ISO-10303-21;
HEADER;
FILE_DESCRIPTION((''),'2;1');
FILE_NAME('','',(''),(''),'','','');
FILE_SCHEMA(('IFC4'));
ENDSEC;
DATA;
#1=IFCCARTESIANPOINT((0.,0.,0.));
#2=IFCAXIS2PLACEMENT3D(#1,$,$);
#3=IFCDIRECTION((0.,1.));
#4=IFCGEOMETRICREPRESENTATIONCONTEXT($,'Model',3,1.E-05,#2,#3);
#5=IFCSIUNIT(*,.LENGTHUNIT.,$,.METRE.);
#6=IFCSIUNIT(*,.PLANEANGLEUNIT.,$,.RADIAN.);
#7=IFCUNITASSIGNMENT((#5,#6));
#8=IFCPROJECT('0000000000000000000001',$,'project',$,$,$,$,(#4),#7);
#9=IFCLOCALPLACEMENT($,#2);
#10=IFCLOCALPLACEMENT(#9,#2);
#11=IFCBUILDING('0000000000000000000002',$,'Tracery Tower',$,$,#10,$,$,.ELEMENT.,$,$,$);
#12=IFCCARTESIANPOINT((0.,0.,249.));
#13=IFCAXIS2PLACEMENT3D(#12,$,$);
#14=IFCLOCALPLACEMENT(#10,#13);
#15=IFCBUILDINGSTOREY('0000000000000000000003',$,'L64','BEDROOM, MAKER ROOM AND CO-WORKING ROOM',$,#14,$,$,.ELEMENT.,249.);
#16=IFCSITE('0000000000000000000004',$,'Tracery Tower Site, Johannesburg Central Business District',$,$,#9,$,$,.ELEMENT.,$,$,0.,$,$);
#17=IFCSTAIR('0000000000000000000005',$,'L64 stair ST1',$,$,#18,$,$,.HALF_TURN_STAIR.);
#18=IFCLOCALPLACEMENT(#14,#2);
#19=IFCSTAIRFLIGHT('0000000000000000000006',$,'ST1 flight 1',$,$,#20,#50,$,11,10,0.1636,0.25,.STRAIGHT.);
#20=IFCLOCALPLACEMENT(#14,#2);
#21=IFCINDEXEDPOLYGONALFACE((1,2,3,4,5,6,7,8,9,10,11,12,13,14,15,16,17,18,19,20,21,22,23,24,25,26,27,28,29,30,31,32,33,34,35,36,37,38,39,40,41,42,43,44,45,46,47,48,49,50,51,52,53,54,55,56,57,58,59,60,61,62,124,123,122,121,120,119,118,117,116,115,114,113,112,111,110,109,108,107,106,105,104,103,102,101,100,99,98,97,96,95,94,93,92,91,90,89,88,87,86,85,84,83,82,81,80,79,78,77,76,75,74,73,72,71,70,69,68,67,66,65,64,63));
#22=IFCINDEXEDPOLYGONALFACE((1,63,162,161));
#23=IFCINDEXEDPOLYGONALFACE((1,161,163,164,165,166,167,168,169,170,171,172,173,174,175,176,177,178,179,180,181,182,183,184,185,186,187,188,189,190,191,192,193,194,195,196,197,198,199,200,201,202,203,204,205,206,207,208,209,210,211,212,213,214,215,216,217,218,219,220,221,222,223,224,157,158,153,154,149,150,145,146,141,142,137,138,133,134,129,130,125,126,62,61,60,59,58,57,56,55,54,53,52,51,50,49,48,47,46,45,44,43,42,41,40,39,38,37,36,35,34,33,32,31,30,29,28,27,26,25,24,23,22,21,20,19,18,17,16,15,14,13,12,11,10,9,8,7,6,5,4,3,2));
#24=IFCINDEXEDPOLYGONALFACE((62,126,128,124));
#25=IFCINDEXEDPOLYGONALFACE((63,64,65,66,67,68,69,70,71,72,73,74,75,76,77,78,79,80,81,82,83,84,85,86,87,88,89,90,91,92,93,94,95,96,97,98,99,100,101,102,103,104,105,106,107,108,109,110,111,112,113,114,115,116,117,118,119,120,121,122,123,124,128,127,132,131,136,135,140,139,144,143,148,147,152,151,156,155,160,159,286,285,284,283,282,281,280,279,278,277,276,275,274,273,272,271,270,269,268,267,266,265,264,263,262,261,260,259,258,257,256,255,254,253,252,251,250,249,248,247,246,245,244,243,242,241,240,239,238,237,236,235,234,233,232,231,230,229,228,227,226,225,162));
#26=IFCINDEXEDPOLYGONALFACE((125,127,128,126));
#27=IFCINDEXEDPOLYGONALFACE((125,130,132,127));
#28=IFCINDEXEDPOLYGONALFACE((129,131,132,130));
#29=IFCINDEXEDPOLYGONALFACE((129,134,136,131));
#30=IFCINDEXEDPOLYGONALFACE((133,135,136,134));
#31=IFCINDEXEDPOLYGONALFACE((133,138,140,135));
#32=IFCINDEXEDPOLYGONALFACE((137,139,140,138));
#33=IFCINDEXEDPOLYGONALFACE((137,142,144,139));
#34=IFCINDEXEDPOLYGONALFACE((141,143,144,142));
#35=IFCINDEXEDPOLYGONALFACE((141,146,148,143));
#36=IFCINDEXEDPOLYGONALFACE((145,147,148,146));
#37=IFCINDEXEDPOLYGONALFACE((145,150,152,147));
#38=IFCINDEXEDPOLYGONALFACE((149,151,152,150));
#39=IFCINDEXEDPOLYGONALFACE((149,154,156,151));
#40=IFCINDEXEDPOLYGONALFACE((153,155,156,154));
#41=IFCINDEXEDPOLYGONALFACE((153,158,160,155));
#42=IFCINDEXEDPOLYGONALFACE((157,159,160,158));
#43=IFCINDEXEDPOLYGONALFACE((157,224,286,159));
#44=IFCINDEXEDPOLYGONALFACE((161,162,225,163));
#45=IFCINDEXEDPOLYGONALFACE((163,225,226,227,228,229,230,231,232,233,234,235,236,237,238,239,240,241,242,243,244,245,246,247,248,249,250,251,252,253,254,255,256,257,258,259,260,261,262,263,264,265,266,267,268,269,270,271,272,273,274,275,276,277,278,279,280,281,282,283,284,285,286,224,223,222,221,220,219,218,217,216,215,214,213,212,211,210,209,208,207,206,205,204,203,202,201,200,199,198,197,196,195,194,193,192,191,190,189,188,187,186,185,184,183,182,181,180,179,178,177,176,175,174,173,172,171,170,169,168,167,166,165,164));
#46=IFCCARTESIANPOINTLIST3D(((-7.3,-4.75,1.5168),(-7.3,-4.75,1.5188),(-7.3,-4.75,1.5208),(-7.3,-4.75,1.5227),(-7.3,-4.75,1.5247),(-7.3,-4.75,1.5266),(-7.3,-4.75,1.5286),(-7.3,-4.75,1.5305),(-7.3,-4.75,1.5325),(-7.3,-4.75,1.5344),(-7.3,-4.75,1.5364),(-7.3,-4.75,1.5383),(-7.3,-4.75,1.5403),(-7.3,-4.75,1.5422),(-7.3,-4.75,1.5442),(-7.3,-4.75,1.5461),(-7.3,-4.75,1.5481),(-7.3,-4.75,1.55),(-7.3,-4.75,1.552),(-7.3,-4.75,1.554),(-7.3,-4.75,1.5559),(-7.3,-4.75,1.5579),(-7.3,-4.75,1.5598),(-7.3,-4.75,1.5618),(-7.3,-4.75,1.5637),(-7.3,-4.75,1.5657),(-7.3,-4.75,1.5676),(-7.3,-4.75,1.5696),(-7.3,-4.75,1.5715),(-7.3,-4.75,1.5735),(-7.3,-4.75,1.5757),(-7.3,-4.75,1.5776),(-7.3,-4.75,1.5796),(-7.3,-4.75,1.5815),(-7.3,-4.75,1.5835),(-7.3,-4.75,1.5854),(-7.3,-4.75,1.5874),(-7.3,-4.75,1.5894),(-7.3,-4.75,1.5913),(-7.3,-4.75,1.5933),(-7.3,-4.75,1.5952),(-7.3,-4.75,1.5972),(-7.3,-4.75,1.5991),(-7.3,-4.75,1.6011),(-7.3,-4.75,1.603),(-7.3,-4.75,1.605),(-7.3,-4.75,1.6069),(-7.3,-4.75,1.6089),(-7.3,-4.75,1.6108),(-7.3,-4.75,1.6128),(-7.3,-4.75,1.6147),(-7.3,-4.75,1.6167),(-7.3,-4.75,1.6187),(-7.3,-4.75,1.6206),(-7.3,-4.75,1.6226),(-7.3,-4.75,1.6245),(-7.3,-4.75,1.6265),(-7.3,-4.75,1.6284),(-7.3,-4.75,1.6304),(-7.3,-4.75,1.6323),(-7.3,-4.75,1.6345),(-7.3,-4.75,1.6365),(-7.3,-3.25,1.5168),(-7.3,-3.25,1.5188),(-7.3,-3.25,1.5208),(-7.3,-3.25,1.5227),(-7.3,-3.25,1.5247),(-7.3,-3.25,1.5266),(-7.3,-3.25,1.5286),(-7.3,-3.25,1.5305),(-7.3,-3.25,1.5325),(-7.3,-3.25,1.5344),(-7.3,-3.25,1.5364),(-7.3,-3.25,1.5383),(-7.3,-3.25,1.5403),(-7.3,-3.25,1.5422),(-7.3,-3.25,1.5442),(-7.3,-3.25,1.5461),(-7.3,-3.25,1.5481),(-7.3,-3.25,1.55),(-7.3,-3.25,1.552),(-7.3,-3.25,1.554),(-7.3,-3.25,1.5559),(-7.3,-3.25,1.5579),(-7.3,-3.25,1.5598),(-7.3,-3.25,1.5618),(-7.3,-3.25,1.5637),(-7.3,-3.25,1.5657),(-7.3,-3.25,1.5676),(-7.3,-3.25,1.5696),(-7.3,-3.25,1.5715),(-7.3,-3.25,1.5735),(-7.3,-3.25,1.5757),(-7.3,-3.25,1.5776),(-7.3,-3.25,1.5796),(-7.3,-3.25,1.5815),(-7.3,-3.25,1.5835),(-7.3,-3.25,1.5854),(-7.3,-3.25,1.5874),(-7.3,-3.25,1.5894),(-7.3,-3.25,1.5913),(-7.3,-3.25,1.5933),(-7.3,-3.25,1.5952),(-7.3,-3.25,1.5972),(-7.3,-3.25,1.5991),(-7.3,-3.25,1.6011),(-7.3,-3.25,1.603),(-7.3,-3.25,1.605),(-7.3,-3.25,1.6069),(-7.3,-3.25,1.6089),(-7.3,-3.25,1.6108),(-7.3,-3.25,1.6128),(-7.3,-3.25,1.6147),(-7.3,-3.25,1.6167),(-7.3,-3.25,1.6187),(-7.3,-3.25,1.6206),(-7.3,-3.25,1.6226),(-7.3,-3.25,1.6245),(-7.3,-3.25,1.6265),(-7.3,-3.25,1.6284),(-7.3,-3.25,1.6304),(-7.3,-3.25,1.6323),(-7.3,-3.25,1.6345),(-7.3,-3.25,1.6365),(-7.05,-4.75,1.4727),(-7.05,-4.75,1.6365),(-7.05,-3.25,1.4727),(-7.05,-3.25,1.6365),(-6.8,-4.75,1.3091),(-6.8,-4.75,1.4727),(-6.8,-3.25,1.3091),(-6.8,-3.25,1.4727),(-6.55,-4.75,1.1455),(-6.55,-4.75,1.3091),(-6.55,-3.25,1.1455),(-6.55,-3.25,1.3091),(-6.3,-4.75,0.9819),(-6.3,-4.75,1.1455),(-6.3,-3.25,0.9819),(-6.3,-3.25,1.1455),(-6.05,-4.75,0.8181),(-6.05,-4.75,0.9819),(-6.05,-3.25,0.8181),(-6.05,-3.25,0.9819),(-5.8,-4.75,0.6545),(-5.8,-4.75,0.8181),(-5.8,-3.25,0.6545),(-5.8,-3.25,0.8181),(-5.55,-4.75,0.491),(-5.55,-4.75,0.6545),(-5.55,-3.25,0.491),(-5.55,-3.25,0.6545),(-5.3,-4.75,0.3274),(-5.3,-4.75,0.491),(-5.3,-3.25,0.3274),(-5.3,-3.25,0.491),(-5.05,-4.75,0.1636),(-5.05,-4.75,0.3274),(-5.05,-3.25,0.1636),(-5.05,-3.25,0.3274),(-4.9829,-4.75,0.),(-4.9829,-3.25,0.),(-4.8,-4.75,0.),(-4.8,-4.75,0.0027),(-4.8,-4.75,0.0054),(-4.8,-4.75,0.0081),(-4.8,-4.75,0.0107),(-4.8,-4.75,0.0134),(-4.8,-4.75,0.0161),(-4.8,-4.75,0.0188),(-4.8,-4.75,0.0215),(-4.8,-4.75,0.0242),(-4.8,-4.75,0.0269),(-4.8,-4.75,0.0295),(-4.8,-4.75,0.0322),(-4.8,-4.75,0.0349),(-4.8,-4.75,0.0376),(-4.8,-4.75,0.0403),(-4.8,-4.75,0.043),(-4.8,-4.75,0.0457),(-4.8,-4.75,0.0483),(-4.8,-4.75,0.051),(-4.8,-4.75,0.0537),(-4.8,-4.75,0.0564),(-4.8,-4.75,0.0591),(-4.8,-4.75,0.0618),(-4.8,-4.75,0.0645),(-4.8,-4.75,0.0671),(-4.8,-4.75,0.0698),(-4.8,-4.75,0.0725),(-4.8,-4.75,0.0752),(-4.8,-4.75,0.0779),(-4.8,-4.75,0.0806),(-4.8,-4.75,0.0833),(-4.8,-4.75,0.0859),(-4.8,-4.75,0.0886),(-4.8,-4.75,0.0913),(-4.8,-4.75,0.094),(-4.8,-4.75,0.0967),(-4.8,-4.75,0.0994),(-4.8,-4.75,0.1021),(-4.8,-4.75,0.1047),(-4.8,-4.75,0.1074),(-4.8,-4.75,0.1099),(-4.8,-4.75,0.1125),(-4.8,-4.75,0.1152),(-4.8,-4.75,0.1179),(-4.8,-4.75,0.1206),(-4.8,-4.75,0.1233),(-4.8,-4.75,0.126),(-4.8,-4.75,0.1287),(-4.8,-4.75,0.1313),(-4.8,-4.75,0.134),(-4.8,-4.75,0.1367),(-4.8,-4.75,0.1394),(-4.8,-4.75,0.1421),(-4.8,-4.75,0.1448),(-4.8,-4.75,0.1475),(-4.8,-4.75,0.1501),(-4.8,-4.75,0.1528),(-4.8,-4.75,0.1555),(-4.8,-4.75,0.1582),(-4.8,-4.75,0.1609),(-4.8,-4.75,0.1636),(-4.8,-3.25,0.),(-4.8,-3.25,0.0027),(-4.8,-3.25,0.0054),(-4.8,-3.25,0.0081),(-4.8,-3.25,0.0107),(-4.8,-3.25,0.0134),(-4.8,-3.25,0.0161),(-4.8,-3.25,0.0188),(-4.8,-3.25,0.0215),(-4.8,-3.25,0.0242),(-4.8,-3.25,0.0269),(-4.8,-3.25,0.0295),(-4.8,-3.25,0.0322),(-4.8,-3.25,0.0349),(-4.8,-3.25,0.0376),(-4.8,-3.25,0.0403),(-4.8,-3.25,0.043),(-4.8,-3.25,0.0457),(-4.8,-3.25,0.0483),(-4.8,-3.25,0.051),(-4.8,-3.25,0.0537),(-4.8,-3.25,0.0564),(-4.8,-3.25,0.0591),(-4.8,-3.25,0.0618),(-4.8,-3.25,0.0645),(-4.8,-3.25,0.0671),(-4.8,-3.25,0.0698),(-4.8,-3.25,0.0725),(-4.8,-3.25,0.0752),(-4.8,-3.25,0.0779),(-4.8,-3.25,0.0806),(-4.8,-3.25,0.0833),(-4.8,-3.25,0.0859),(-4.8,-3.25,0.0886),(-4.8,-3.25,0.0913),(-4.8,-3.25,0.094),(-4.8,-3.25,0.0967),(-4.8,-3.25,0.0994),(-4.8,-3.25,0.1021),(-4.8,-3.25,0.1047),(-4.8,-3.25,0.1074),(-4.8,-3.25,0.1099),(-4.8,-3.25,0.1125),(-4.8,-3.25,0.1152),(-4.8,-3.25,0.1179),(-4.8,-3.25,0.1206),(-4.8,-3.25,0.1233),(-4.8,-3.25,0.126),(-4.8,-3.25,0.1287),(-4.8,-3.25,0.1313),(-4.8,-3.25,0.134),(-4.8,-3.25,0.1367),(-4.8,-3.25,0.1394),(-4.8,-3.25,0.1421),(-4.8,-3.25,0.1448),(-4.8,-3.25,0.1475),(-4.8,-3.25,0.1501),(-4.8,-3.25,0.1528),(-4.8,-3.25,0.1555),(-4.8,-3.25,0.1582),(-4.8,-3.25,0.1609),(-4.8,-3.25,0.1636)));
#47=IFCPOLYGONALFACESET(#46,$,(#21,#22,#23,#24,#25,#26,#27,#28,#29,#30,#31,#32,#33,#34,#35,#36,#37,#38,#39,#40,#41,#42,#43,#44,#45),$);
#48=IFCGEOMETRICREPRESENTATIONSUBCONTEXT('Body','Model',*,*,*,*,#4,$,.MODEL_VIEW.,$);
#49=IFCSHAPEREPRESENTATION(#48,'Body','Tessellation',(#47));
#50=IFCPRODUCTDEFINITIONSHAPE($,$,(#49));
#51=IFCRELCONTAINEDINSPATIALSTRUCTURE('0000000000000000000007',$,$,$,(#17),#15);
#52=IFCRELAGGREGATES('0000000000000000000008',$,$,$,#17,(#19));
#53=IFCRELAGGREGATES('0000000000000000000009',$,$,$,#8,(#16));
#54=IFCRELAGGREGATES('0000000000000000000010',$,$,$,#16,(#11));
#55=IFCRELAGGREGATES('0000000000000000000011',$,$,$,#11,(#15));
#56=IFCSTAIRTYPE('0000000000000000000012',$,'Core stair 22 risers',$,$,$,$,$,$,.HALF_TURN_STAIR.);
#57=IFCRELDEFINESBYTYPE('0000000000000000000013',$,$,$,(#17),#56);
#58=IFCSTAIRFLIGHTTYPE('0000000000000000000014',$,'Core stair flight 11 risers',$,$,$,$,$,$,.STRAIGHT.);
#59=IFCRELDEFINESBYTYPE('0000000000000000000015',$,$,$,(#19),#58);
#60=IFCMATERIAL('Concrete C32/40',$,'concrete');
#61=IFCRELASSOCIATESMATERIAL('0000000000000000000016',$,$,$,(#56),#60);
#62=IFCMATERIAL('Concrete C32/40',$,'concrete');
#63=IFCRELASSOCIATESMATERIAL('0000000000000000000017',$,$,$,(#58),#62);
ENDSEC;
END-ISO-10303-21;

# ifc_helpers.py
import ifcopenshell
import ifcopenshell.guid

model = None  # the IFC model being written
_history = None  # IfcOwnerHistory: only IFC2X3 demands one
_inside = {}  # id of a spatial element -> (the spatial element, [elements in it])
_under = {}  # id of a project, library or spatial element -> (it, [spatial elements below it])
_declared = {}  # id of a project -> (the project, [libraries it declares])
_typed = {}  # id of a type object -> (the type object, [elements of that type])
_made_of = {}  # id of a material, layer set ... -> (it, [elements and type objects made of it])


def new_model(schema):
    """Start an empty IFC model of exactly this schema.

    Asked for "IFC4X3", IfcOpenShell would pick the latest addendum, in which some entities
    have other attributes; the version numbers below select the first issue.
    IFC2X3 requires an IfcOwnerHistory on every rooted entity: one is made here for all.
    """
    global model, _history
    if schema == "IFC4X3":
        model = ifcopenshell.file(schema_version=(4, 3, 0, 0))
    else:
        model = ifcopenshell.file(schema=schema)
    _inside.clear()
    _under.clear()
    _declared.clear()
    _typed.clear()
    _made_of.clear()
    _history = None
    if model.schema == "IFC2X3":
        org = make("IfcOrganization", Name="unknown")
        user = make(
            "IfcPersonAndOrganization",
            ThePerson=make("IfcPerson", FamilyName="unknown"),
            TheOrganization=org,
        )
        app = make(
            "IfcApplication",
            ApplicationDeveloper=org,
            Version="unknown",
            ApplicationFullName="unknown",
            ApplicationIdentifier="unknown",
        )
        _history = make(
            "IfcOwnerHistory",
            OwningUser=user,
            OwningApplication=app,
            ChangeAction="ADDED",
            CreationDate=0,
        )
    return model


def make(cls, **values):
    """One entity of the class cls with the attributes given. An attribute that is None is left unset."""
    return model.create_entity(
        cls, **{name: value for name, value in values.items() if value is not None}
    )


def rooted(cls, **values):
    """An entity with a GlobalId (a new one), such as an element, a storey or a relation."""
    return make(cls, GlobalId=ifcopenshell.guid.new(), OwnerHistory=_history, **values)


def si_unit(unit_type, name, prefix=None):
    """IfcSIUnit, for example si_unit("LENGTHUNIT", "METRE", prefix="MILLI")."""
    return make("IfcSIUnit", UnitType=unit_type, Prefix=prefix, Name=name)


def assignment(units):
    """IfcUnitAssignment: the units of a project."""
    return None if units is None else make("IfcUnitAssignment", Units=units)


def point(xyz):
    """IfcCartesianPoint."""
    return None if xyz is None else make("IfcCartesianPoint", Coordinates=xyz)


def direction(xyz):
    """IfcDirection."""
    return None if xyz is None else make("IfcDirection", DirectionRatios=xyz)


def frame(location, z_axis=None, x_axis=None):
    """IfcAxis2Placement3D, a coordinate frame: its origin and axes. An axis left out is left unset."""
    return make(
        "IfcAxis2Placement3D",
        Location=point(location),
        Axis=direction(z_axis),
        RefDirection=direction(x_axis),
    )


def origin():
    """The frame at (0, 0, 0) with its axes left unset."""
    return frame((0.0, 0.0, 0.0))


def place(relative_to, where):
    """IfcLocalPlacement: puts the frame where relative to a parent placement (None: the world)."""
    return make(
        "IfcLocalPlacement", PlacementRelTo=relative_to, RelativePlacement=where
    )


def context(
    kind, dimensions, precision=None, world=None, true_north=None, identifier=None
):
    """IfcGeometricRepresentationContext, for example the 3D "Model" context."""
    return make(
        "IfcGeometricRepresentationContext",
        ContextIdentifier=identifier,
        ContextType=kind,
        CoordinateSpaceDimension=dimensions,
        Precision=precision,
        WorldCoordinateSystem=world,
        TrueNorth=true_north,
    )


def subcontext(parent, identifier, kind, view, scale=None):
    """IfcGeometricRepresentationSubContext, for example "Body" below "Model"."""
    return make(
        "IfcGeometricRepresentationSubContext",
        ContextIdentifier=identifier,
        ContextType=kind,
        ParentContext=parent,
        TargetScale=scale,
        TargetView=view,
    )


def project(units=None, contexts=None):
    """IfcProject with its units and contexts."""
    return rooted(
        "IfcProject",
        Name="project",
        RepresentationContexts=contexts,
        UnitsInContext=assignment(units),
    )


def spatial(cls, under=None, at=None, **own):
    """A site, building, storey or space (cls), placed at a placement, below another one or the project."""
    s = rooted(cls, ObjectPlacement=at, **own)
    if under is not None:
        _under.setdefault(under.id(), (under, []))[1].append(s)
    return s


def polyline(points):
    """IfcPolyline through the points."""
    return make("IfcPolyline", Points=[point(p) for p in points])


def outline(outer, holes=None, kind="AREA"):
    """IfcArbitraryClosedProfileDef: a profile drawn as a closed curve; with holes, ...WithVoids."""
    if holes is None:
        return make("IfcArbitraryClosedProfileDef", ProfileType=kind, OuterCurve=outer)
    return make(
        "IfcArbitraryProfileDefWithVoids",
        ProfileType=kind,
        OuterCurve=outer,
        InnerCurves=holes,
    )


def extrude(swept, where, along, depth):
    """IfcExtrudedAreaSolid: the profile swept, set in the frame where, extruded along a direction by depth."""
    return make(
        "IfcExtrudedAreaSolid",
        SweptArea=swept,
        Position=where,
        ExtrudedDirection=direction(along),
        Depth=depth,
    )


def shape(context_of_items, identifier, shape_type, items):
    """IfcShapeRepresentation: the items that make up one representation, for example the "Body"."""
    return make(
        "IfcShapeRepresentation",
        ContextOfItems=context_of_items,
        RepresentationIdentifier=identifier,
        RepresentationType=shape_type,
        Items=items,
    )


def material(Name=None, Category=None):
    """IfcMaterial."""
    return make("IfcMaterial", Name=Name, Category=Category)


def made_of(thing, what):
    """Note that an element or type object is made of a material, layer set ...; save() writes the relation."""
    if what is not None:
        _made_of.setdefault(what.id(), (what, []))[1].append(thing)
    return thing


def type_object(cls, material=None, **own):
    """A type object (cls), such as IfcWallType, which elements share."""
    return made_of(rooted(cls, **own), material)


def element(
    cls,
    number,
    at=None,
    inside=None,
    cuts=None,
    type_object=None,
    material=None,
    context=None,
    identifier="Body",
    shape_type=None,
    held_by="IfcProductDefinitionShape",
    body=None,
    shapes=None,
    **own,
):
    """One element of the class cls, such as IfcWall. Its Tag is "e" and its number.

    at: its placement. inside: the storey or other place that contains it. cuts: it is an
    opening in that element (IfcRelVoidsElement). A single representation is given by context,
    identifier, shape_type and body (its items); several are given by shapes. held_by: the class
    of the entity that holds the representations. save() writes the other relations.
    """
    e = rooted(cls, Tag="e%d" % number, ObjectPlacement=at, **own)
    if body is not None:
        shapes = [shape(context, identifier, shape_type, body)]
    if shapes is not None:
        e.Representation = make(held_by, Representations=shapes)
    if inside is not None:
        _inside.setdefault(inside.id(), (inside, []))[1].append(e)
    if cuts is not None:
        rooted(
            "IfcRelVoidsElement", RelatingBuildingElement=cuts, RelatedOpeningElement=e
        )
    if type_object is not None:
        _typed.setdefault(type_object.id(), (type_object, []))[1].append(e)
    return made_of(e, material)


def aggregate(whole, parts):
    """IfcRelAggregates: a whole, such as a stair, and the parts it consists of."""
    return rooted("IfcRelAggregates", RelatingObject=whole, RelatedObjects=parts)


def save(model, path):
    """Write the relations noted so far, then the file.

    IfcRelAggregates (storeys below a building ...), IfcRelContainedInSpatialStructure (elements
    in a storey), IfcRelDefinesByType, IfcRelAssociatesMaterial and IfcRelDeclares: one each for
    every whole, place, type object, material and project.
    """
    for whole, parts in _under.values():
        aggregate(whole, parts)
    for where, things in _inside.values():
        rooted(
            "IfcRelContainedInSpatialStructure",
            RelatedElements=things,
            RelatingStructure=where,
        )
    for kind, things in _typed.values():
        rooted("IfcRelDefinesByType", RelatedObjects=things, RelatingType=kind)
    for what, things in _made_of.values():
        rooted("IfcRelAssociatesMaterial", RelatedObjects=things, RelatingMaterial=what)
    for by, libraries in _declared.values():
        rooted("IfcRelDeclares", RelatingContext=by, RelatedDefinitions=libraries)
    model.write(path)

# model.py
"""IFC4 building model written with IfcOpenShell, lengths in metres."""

from ifc_helpers import new_model, si_unit, direction, frame, origin, place, context, subcontext, project, spatial, polyline, outline, extrude, material, type_object, element, aggregate, save


model = new_model("IFC4")

# Units and contexts
model_context = context("Model", 3, precision=1e-05, world=origin(), true_north=direction((0.0, 1.0)))
body_context = subcontext(model_context, "Body", "Model", "MODEL_VIEW")
ifc_project = project(units=[si_unit("LENGTHUNIT", "METRE"), si_unit("PLANEANGLEUNIT", "RADIAN")], contexts=[model_context])

# Site, building, storey
site_placement = place(None, origin())
site = spatial("IfcSite", under=ifc_project, at=site_placement, Name="Tracery Tower Site, Johannesburg Central Business District", CompositionType="ELEMENT", RefElevation=0.0)
building_placement = place(site_placement, origin())
building = spatial("IfcBuilding", under=site, at=building_placement, Name="Tracery Tower", CompositionType="ELEMENT")
storey_placement = place(building_placement, frame((0.0, 0.0, 249.0)))
storey = spatial("IfcBuildingStorey", under=building, at=storey_placement, Name="L64", Description="BEDROOM, MAKER ROOM AND CO-WORKING ROOM", CompositionType="ELEMENT", Elevation=249.0)

# Stair, stair flight
ifc_material_1 = material(Name="Concrete C32/40", Category="concrete")
stair_type = type_object("IfcStairType", Name="Core stair 22 risers", PredefinedType="HALF_TURN_STAIR", material=ifc_material_1)
stair_placement = place(storey_placement, origin())
stair = element("IfcStair", 1, at=stair_placement, inside=storey, type_object=stair_type, Name="L64 stair ST1", PredefinedType="HALF_TURN_STAIR")
ifc_material_2 = material(Name="Concrete C32/40", Category="concrete")
stair_flight_type = type_object("IfcStairFlightType", Name="Core stair flight 11 risers", PredefinedType="STRAIGHT", material=ifc_material_2)
stair_flight_1_placement = place(storey_placement, frame((-4.8, -4.0, 0.0), z_axis=(0.0, 0.0, 1.0), x_axis=(-1.0, 0.0, 0.0)))
stair_flight_1 = element("IfcStairFlight", 2, at=stair_flight_1_placement, type_object=stair_flight_type, Name="ST1 flight 1", NumberOfRisers=11, NumberOfTreads=10, PredefinedType="STRAIGHT", RiserHeight=0.1636, TreadLength=0.25, context=body_context, shape_type="SweptSolid", body=[
    extrude(outline(polyline([(0.0, 0.0), (0.0, 0.0027), (0.0, 0.0054), (0.0, 0.0081), (0.0, 0.0107), (0.0, 0.0134), (0.0, 0.0161), (0.0, 0.0188), (0.0, 0.0215), (0.0, 0.0242), (0.0, 0.0269), (0.0, 0.0295), (0.0, 0.0322), (0.0, 0.0349), (0.0, 0.0376), (0.0, 0.0403), (0.0, 0.043), (0.0, 0.0457), (0.0, 0.0483), (0.0, 0.051), (0.0, 0.0537), (0.0, 0.0564), (0.0, 0.0591), (0.0, 0.0618), (0.0, 0.0645), (0.0, 0.0671), (0.0, 0.0698), (0.0, 0.0725), (0.0, 0.0752), (0.0, 0.0779), (0.0, 0.0806), (0.0, 0.0833), (0.0, 0.0859), (0.0, 0.0886), (0.0, 0.0913), (0.0, 0.094), (0.0, 0.0967), (0.0, 0.0994), (0.0, 0.1021), (0.0, 0.1047), (0.0, 0.1074), (0.0, 0.1099), (0.0, 0.1125), (0.0, 0.1152), (0.0, 0.1179), (0.0, 0.1206), (0.0, 0.1233), (0.0, 0.126), (0.0, 0.1287), (0.0, 0.1313), (0.0, 0.134), (0.0, 0.1367), (0.0, 0.1394), (0.0, 0.1421), (0.0, 0.1448), (0.0, 0.1475), (0.0, 0.1501), (0.0, 0.1528), (0.0, 0.1555), (0.0, 0.1582), (0.0, 0.1609), (0.0, 0.1636), (0.25, 0.1636), (0.25, 0.3274), (0.5, 0.3274), (0.5, 0.491), (0.75, 0.491), (0.75, 0.6545), (1.0, 0.6545), (1.0, 0.8181), (1.25, 0.8181), (1.25, 0.9819), (1.5, 0.9819), (1.5, 1.1455), (1.75, 1.1455), (1.75, 1.3091), (2.0, 1.3091), (2.0, 1.4727), (2.25, 1.4727), (2.25, 1.6365), (2.5, 1.6365), (2.5, 1.6345), (2.5, 1.6323), (2.5, 1.6304), (2.5, 1.6284), (2.5, 1.6265), (2.5, 1.6245), (2.5, 1.6226), (2.5, 1.6206), (2.5, 1.6187), (2.5, 1.6167), (2.5, 1.6147), (2.5, 1.6128), (2.5, 1.6108), (2.5, 1.6089), (2.5, 1.6069), (2.5, 1.605), (2.5, 1.603), (2.5, 1.6011), (2.5, 1.5991), (2.5, 1.5972), (2.5, 1.5952), (2.5, 1.5933), (2.5, 1.5913), (2.5, 1.5894), (2.5, 1.5874), (2.5, 1.5854), (2.5, 1.5835), (2.5, 1.5815), (2.5, 1.5796), (2.5, 1.5776), (2.5, 1.5757), (2.5, 1.5735), (2.5, 1.5715), (2.5, 1.5696), (2.5, 1.5676), (2.5, 1.5657), (2.5, 1.5637), (2.5, 1.5618), (2.5, 1.5598), (2.5, 1.5579), (2.5, 1.5559), (2.5, 1.554), (2.5, 1.552), (2.5, 1.55), (2.5, 1.5481), (2.5, 1.5461), (2.5, 1.5442), (2.5, 1.5422), (2.5, 1.5403), (2.5, 1.5383), (2.5, 1.5364), (2.5, 1.5344), (2.5, 1.5325), (2.5, 1.5305), (2.5, 1.5286), (2.5, 1.5266), (2.5, 1.5247), (2.5, 1.5227), (2.5, 1.5208), (2.5, 1.5188), (2.5, 1.5168), (0.1829, 0.0), (0.0, 0.0)])), frame((0.0, 0.75, 0.0), z_axis=(0.0, -1.0, 0.0), x_axis=(1.0, 0.0, 0.0)), (0.0, 0.0, 1.0), 1.5),
])
aggregate(stair, [stair_flight_1])

save(model, "model.ifc")
